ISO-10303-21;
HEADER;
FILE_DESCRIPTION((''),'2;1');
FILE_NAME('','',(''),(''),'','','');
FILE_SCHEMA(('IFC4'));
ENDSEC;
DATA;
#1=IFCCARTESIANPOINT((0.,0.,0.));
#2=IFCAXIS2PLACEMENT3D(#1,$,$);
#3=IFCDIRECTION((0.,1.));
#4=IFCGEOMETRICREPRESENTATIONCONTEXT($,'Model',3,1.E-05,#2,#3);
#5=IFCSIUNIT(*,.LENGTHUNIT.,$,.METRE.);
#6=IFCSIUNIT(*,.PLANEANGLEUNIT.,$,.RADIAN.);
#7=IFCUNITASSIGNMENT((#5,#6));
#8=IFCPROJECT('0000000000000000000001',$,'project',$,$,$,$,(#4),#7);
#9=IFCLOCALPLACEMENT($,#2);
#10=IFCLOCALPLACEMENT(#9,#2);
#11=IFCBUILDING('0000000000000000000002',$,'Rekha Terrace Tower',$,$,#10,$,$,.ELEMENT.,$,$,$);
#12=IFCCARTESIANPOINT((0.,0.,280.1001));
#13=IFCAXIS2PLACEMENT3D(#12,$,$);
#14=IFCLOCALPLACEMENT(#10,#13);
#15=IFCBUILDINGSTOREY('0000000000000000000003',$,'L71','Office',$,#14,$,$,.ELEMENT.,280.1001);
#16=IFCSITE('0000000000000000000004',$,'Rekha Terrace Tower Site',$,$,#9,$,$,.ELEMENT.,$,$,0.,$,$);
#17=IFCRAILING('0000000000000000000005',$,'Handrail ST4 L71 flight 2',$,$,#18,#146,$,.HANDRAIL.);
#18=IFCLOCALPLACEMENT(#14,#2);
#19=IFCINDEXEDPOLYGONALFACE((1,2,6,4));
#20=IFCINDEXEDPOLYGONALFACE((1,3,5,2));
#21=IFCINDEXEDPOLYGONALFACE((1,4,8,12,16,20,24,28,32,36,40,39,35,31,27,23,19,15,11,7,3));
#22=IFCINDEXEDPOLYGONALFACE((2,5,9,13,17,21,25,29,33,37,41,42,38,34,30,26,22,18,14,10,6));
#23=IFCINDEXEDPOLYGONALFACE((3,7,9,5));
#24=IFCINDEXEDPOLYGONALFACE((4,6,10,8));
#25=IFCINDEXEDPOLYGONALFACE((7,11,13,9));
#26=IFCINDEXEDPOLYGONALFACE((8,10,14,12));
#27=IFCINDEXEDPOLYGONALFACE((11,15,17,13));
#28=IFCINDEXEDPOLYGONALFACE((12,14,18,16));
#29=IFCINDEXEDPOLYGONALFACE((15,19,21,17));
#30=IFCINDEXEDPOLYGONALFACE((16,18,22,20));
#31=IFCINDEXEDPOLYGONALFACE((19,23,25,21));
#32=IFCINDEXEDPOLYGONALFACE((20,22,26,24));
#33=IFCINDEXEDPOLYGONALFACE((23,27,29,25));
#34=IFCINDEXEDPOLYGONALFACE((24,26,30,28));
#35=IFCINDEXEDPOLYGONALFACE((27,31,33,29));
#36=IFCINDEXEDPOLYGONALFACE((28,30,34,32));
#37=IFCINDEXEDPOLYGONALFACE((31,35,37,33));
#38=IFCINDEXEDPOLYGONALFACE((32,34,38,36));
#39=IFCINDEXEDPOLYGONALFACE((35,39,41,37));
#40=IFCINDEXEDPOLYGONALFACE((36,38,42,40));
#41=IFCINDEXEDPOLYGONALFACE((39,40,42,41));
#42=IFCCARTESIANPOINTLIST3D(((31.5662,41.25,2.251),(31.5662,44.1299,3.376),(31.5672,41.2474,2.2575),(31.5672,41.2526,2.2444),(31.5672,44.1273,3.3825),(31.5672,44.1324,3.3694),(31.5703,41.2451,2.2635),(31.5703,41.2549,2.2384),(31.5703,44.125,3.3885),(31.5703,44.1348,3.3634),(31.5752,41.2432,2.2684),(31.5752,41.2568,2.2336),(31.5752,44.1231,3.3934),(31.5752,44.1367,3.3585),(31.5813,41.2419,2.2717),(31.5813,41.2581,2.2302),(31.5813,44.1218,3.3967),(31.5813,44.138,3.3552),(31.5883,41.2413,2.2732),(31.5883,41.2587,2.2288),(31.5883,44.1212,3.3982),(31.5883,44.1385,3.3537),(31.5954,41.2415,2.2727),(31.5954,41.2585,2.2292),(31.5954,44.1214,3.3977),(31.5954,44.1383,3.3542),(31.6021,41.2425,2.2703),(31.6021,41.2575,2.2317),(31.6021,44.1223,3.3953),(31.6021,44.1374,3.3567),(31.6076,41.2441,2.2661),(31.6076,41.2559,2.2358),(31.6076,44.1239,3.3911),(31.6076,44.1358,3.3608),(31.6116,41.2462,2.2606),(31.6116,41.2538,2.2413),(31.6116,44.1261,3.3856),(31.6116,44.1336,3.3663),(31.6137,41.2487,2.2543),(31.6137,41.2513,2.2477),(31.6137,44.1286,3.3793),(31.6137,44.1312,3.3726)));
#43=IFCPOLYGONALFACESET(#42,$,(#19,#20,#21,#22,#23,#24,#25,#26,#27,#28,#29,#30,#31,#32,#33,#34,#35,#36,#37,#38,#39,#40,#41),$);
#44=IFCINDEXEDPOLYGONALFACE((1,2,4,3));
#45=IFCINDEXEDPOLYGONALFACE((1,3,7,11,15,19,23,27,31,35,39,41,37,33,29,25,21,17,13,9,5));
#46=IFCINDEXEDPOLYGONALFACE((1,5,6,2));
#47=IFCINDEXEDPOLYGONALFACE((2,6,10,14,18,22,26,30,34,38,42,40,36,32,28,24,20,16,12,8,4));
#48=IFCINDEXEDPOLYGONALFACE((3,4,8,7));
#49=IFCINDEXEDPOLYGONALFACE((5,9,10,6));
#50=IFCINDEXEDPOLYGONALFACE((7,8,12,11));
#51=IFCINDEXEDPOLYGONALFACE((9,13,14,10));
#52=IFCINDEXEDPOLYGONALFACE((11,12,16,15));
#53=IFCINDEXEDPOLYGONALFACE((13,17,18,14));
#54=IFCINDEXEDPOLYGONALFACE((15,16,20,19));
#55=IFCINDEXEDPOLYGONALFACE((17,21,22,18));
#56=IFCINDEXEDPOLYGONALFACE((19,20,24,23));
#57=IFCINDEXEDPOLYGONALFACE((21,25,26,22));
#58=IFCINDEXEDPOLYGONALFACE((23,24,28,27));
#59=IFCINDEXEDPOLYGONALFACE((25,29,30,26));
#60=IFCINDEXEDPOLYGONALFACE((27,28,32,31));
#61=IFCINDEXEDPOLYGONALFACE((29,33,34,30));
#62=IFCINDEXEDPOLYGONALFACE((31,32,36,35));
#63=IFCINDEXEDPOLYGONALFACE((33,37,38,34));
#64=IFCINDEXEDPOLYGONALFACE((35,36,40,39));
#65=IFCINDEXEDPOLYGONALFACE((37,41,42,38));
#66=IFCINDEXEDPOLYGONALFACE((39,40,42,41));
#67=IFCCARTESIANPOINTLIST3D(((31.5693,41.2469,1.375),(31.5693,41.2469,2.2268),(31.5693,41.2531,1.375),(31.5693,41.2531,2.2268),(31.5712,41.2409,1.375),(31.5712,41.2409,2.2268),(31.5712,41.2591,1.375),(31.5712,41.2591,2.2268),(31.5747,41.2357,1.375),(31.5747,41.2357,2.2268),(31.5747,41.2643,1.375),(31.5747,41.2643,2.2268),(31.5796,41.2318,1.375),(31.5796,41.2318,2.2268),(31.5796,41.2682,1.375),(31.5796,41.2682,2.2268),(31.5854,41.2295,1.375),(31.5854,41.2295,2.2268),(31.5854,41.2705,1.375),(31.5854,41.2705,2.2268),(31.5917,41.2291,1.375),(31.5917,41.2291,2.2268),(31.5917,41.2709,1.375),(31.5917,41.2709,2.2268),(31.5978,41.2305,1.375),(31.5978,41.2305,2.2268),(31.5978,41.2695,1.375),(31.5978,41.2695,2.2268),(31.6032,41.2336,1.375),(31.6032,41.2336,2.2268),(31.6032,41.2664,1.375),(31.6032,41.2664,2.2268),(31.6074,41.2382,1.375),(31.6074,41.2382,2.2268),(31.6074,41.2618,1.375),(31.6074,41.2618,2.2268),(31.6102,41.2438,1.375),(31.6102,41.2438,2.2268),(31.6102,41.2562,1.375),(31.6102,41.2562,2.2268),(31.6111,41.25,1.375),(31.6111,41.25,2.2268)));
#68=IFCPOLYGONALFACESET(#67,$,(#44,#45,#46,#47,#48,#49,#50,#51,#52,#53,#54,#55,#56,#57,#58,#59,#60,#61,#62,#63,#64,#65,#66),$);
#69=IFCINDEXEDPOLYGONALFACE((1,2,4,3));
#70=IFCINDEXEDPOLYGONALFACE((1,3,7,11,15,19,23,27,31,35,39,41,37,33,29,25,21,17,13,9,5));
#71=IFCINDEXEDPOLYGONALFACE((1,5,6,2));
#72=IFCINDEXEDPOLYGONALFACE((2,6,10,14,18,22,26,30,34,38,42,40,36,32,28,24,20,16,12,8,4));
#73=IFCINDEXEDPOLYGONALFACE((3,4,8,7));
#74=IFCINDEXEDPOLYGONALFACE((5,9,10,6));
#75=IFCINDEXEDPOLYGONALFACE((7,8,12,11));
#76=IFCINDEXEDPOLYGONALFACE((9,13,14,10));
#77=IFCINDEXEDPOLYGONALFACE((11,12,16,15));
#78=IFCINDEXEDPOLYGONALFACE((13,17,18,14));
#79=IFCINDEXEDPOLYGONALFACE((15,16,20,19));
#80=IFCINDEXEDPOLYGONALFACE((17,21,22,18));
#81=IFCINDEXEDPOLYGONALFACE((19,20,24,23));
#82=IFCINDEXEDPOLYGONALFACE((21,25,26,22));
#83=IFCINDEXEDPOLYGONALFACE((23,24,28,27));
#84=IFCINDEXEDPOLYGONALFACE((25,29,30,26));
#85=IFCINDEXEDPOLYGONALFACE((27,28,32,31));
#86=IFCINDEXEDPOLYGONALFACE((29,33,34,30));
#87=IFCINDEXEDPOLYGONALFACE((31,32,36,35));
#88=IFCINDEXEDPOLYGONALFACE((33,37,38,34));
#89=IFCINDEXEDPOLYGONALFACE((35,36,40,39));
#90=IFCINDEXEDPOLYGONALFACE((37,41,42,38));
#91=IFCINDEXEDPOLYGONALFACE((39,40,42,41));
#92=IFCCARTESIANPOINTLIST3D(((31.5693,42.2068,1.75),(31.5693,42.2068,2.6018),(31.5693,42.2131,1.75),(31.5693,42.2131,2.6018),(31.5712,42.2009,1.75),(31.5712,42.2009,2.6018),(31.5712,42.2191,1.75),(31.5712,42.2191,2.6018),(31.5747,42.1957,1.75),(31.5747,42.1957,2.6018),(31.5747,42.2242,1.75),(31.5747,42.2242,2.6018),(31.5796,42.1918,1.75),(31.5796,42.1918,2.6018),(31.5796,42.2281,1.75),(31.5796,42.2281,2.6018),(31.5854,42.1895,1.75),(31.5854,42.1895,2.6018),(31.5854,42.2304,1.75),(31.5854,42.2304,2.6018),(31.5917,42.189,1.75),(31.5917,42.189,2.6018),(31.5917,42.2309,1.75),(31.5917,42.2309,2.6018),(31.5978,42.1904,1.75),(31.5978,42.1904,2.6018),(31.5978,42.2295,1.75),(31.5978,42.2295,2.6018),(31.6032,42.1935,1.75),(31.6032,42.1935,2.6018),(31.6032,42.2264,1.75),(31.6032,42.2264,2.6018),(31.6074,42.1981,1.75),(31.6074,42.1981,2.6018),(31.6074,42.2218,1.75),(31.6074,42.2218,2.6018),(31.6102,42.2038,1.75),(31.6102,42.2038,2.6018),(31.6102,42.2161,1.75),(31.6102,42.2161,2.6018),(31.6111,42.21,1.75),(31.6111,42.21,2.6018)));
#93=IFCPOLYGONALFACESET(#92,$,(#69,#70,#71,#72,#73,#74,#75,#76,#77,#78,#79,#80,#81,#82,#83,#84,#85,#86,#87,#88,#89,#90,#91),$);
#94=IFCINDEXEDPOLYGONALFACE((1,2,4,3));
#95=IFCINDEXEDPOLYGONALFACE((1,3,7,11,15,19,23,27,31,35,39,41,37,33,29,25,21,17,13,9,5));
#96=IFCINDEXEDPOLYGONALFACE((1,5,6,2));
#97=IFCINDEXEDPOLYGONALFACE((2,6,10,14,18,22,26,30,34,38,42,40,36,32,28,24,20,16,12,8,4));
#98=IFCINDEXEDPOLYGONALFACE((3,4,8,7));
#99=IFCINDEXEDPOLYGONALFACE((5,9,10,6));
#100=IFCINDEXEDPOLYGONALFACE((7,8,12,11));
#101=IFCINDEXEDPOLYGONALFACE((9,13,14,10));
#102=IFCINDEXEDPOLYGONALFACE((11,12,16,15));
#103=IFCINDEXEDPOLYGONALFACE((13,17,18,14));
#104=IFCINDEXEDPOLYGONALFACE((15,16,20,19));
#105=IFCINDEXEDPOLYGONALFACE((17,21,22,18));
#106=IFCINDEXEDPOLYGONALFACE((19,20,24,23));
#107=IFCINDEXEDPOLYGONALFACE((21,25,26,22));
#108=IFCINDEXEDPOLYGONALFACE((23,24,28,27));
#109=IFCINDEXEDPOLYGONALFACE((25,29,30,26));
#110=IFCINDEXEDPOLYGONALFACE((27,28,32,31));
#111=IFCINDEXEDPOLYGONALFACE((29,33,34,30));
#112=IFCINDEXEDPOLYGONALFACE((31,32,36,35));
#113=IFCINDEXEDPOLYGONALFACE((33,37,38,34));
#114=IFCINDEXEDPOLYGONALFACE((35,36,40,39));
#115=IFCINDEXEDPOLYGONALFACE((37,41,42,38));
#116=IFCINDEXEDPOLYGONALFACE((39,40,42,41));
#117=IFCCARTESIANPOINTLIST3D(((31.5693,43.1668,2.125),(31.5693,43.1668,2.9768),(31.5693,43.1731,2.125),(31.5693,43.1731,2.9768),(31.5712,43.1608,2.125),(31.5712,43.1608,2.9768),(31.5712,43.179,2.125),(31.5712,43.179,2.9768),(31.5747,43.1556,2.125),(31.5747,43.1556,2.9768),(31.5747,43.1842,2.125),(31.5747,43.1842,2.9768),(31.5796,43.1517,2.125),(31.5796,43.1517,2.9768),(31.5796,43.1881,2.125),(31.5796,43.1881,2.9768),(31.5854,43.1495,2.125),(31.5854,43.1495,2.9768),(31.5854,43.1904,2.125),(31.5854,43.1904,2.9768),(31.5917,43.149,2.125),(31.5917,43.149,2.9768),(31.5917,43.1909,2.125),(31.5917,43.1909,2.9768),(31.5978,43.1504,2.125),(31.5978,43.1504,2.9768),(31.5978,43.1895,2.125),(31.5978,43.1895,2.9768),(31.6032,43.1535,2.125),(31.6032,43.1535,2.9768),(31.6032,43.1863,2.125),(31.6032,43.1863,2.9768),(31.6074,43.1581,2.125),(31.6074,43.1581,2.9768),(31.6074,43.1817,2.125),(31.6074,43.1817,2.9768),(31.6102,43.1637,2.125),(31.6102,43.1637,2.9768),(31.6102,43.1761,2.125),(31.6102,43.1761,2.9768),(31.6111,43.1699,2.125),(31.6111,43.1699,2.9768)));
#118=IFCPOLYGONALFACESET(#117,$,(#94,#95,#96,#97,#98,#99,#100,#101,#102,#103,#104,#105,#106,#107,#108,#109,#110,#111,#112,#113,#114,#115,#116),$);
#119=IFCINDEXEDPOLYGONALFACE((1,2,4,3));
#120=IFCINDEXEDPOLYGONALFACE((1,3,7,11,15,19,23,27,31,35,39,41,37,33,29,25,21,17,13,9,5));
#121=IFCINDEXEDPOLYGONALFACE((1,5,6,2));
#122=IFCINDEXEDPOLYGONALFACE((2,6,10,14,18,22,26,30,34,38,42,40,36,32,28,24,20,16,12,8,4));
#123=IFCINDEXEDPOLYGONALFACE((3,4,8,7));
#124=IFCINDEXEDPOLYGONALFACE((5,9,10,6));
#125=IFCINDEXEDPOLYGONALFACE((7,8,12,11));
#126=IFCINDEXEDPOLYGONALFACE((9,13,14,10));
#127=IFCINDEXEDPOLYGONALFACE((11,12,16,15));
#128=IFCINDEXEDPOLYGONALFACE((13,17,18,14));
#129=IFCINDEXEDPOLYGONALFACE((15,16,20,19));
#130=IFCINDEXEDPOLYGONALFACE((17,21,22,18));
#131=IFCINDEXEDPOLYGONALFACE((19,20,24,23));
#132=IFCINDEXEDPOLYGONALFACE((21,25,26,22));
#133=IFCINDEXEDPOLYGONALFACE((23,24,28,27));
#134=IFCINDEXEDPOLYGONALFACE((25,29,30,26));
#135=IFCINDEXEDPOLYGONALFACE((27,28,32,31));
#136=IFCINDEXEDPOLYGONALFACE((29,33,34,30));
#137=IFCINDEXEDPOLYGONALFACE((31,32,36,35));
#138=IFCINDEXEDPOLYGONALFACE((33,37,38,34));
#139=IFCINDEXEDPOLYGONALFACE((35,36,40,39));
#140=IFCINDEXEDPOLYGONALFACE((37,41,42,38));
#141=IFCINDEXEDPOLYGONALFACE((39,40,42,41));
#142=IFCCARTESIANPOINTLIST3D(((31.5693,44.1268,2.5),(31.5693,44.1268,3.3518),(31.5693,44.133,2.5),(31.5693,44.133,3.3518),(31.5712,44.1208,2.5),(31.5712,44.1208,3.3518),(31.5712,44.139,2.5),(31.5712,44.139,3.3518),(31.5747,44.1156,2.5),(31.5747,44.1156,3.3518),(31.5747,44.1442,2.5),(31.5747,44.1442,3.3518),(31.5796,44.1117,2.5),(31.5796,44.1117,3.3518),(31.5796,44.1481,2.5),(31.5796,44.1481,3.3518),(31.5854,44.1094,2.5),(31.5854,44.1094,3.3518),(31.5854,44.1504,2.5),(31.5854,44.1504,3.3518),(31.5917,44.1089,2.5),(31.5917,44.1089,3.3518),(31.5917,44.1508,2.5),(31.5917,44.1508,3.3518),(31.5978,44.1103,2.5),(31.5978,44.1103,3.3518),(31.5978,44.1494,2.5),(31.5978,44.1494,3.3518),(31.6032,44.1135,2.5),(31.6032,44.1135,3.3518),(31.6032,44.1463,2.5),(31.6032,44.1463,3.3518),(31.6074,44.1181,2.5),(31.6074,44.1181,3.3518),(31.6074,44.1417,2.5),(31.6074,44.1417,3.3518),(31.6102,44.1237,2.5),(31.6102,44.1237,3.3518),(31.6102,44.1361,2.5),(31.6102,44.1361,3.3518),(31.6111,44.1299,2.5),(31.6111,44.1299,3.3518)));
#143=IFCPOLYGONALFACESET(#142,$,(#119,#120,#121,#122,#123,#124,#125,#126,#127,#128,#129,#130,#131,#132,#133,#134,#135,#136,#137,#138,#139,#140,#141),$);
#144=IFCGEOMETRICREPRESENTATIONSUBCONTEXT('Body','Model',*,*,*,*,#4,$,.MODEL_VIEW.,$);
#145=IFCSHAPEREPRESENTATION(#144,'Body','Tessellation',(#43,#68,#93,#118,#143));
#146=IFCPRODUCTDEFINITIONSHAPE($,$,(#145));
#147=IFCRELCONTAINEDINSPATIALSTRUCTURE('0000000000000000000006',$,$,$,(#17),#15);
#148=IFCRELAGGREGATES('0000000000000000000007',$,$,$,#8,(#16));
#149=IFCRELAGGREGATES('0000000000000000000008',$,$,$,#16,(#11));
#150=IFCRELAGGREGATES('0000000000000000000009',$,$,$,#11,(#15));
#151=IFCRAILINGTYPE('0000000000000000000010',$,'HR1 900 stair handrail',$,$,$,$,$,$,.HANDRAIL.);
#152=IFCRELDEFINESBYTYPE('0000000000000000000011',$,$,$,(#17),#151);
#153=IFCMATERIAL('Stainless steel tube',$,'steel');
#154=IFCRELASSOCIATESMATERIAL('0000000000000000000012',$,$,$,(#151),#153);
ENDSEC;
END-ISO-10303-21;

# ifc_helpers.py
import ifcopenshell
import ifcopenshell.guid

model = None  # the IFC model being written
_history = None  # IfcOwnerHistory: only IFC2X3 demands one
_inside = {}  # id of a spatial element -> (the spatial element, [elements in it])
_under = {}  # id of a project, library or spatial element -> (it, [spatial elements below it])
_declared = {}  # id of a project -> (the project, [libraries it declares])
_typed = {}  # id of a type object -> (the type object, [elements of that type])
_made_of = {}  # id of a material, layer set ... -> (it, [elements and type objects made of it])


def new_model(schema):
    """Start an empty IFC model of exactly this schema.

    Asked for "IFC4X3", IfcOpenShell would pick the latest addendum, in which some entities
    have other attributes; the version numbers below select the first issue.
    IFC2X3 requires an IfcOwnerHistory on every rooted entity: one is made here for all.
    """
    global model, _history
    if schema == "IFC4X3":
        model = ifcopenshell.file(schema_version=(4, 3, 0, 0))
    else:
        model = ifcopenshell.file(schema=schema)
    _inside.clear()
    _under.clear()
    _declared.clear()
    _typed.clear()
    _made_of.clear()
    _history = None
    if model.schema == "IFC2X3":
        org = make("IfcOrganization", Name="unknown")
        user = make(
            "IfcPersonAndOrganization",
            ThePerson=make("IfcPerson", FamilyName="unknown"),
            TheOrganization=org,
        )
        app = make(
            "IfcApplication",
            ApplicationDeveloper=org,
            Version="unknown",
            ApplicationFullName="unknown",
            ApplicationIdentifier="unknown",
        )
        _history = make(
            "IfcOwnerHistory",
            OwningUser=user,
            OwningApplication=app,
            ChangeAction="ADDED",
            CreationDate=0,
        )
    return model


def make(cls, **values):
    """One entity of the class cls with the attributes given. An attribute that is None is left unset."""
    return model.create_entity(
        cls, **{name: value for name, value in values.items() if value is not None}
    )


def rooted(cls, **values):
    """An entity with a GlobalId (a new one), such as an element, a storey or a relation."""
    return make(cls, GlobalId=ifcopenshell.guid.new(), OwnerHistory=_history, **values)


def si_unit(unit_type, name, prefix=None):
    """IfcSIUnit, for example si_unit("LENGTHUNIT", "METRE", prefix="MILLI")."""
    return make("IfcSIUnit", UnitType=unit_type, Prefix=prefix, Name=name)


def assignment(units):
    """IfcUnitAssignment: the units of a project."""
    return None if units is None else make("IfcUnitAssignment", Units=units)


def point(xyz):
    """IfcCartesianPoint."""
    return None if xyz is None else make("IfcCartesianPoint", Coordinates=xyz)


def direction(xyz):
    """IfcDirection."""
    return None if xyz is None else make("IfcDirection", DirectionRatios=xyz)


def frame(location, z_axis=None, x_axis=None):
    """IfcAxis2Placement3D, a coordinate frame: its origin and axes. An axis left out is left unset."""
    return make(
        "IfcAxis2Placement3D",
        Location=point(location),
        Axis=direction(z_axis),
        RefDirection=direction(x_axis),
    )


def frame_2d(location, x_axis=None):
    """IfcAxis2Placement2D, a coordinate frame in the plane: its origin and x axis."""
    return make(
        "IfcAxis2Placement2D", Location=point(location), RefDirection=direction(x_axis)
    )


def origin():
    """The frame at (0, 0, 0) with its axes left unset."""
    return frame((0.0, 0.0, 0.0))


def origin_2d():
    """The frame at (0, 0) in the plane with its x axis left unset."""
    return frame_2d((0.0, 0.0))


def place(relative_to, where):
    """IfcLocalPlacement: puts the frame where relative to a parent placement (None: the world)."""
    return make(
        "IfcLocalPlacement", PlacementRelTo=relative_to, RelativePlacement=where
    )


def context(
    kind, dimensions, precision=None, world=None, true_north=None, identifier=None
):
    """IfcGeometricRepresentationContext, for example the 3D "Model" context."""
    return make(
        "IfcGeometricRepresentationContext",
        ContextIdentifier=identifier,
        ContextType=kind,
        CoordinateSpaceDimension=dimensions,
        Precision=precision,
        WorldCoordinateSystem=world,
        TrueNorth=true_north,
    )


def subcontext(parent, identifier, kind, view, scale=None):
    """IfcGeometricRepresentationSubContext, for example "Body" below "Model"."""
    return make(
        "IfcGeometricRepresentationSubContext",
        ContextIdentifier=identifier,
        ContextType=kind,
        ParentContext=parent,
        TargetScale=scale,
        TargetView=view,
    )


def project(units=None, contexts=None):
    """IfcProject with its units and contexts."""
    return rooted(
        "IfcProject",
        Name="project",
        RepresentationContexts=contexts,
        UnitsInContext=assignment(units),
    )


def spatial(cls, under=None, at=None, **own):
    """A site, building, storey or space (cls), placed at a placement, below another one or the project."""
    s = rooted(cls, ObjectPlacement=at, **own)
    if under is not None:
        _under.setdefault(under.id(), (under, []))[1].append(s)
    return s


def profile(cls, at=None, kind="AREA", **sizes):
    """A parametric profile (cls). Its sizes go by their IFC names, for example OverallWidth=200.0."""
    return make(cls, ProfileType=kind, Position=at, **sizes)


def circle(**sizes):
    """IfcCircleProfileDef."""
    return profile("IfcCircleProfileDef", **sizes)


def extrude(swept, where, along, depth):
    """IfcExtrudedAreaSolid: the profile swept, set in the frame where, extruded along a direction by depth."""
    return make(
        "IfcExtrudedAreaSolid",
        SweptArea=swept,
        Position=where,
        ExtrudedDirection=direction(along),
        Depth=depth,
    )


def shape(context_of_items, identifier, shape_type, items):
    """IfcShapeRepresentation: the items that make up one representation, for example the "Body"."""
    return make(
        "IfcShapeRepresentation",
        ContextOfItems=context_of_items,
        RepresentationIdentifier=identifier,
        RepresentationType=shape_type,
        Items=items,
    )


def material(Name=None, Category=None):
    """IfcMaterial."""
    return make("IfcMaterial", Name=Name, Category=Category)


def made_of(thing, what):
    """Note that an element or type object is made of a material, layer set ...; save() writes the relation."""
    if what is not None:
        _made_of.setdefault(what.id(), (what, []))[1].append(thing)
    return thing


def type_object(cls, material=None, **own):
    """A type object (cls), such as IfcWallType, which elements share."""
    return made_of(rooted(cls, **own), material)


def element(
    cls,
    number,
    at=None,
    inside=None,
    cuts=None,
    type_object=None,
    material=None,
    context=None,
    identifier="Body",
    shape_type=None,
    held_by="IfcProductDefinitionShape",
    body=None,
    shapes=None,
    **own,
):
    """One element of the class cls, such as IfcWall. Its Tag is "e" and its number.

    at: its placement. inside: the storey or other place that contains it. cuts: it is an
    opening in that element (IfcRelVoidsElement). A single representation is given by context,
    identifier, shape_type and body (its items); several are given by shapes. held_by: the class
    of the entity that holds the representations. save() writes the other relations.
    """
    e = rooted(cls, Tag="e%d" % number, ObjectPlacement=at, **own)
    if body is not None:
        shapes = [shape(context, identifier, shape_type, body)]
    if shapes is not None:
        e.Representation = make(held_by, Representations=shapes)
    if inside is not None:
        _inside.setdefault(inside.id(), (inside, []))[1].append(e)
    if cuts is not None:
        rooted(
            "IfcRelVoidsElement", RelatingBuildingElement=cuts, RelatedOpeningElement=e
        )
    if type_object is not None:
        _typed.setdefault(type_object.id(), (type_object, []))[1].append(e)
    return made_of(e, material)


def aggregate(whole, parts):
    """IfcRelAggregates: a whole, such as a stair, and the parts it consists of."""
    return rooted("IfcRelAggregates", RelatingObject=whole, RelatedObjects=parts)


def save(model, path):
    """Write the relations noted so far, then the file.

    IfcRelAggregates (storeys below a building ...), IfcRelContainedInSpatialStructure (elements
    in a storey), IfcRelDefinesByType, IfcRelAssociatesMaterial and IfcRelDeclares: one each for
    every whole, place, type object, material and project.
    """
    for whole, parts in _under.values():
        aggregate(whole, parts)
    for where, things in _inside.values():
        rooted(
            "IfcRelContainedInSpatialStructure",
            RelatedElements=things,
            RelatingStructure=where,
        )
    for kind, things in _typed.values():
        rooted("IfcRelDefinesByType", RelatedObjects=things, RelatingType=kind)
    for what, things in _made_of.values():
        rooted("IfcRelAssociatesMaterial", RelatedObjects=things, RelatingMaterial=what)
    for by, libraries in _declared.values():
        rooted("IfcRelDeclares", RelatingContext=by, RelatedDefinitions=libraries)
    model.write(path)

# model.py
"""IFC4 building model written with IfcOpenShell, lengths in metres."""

from ifc_helpers import new_model, si_unit, direction, frame, origin, origin_2d, place, context, subcontext, project, spatial, circle, extrude, material, type_object, element, save


model = new_model("IFC4")

# Units and contexts
model_context = context("Model", 3, precision=1e-05, world=origin(), true_north=direction((0.0, 1.0)))
body_context = subcontext(model_context, "Body", "Model", "MODEL_VIEW")
ifc_project = project(units=[si_unit("LENGTHUNIT", "METRE"), si_unit("PLANEANGLEUNIT", "RADIAN")], contexts=[model_context])

# Site, building, storey
site_placement = place(None, origin())
site = spatial("IfcSite", under=ifc_project, at=site_placement, Name="Rekha Terrace Tower Site", CompositionType="ELEMENT", RefElevation=0.0)
building_placement = place(site_placement, origin())
building = spatial("IfcBuilding", under=site, at=building_placement, Name="Rekha Terrace Tower", CompositionType="ELEMENT")
storey_placement = place(building_placement, frame((0.0, 0.0, 280.1001)))
storey = spatial("IfcBuildingStorey", under=building, at=storey_placement, Name="L71", Description="Office", CompositionType="ELEMENT", Elevation=280.1001)

# Railing
ifc_material_1 = material(Name="Stainless steel tube", Category="steel")
railing_type_1 = type_object("IfcRailingType", Name="HR1 900 stair handrail", PredefinedType="HANDRAIL", material=ifc_material_1)
for number, where, name in (
    (1, (31.5901, 41.25, 1.375), "Handrail ST4 L71 flight 2"),
):
    element("IfcRailing", number, at=place(storey_placement, frame(where)), inside=storey, type_object=railing_type_1, Name=name, PredefinedType="HANDRAIL", context=body_context, shape_type="SweptSolid", body=[
        extrude(circle(Radius=0.0239, at=origin_2d()), frame((0.0, 0.0, 0.876), z_axis=(0.0, 0.931452, 0.363863), x_axis=(-1.0, 0.0, 0.0)), (0.0, 0.0, 1.0), 3.0918),
        extrude(circle(Radius=0.021, at=origin_2d()), origin(), (0.0, 0.0, 1.0), 0.8518),
        extrude(circle(Radius=0.021, at=origin_2d()), frame((0.0, 0.96, 0.375)), (0.0, 0.0, 1.0), 0.8518),
        extrude(circle(Radius=0.021, at=origin_2d()), frame((0.0, 1.9199, 0.75)), (0.0, 0.0, 1.0), 0.8518),
        extrude(circle(Radius=0.021, at=origin_2d()), frame((0.0, 2.8799, 1.125)), (0.0, 0.0, 1.0), 0.8518),
    ])

save(model, "model.ifc")
